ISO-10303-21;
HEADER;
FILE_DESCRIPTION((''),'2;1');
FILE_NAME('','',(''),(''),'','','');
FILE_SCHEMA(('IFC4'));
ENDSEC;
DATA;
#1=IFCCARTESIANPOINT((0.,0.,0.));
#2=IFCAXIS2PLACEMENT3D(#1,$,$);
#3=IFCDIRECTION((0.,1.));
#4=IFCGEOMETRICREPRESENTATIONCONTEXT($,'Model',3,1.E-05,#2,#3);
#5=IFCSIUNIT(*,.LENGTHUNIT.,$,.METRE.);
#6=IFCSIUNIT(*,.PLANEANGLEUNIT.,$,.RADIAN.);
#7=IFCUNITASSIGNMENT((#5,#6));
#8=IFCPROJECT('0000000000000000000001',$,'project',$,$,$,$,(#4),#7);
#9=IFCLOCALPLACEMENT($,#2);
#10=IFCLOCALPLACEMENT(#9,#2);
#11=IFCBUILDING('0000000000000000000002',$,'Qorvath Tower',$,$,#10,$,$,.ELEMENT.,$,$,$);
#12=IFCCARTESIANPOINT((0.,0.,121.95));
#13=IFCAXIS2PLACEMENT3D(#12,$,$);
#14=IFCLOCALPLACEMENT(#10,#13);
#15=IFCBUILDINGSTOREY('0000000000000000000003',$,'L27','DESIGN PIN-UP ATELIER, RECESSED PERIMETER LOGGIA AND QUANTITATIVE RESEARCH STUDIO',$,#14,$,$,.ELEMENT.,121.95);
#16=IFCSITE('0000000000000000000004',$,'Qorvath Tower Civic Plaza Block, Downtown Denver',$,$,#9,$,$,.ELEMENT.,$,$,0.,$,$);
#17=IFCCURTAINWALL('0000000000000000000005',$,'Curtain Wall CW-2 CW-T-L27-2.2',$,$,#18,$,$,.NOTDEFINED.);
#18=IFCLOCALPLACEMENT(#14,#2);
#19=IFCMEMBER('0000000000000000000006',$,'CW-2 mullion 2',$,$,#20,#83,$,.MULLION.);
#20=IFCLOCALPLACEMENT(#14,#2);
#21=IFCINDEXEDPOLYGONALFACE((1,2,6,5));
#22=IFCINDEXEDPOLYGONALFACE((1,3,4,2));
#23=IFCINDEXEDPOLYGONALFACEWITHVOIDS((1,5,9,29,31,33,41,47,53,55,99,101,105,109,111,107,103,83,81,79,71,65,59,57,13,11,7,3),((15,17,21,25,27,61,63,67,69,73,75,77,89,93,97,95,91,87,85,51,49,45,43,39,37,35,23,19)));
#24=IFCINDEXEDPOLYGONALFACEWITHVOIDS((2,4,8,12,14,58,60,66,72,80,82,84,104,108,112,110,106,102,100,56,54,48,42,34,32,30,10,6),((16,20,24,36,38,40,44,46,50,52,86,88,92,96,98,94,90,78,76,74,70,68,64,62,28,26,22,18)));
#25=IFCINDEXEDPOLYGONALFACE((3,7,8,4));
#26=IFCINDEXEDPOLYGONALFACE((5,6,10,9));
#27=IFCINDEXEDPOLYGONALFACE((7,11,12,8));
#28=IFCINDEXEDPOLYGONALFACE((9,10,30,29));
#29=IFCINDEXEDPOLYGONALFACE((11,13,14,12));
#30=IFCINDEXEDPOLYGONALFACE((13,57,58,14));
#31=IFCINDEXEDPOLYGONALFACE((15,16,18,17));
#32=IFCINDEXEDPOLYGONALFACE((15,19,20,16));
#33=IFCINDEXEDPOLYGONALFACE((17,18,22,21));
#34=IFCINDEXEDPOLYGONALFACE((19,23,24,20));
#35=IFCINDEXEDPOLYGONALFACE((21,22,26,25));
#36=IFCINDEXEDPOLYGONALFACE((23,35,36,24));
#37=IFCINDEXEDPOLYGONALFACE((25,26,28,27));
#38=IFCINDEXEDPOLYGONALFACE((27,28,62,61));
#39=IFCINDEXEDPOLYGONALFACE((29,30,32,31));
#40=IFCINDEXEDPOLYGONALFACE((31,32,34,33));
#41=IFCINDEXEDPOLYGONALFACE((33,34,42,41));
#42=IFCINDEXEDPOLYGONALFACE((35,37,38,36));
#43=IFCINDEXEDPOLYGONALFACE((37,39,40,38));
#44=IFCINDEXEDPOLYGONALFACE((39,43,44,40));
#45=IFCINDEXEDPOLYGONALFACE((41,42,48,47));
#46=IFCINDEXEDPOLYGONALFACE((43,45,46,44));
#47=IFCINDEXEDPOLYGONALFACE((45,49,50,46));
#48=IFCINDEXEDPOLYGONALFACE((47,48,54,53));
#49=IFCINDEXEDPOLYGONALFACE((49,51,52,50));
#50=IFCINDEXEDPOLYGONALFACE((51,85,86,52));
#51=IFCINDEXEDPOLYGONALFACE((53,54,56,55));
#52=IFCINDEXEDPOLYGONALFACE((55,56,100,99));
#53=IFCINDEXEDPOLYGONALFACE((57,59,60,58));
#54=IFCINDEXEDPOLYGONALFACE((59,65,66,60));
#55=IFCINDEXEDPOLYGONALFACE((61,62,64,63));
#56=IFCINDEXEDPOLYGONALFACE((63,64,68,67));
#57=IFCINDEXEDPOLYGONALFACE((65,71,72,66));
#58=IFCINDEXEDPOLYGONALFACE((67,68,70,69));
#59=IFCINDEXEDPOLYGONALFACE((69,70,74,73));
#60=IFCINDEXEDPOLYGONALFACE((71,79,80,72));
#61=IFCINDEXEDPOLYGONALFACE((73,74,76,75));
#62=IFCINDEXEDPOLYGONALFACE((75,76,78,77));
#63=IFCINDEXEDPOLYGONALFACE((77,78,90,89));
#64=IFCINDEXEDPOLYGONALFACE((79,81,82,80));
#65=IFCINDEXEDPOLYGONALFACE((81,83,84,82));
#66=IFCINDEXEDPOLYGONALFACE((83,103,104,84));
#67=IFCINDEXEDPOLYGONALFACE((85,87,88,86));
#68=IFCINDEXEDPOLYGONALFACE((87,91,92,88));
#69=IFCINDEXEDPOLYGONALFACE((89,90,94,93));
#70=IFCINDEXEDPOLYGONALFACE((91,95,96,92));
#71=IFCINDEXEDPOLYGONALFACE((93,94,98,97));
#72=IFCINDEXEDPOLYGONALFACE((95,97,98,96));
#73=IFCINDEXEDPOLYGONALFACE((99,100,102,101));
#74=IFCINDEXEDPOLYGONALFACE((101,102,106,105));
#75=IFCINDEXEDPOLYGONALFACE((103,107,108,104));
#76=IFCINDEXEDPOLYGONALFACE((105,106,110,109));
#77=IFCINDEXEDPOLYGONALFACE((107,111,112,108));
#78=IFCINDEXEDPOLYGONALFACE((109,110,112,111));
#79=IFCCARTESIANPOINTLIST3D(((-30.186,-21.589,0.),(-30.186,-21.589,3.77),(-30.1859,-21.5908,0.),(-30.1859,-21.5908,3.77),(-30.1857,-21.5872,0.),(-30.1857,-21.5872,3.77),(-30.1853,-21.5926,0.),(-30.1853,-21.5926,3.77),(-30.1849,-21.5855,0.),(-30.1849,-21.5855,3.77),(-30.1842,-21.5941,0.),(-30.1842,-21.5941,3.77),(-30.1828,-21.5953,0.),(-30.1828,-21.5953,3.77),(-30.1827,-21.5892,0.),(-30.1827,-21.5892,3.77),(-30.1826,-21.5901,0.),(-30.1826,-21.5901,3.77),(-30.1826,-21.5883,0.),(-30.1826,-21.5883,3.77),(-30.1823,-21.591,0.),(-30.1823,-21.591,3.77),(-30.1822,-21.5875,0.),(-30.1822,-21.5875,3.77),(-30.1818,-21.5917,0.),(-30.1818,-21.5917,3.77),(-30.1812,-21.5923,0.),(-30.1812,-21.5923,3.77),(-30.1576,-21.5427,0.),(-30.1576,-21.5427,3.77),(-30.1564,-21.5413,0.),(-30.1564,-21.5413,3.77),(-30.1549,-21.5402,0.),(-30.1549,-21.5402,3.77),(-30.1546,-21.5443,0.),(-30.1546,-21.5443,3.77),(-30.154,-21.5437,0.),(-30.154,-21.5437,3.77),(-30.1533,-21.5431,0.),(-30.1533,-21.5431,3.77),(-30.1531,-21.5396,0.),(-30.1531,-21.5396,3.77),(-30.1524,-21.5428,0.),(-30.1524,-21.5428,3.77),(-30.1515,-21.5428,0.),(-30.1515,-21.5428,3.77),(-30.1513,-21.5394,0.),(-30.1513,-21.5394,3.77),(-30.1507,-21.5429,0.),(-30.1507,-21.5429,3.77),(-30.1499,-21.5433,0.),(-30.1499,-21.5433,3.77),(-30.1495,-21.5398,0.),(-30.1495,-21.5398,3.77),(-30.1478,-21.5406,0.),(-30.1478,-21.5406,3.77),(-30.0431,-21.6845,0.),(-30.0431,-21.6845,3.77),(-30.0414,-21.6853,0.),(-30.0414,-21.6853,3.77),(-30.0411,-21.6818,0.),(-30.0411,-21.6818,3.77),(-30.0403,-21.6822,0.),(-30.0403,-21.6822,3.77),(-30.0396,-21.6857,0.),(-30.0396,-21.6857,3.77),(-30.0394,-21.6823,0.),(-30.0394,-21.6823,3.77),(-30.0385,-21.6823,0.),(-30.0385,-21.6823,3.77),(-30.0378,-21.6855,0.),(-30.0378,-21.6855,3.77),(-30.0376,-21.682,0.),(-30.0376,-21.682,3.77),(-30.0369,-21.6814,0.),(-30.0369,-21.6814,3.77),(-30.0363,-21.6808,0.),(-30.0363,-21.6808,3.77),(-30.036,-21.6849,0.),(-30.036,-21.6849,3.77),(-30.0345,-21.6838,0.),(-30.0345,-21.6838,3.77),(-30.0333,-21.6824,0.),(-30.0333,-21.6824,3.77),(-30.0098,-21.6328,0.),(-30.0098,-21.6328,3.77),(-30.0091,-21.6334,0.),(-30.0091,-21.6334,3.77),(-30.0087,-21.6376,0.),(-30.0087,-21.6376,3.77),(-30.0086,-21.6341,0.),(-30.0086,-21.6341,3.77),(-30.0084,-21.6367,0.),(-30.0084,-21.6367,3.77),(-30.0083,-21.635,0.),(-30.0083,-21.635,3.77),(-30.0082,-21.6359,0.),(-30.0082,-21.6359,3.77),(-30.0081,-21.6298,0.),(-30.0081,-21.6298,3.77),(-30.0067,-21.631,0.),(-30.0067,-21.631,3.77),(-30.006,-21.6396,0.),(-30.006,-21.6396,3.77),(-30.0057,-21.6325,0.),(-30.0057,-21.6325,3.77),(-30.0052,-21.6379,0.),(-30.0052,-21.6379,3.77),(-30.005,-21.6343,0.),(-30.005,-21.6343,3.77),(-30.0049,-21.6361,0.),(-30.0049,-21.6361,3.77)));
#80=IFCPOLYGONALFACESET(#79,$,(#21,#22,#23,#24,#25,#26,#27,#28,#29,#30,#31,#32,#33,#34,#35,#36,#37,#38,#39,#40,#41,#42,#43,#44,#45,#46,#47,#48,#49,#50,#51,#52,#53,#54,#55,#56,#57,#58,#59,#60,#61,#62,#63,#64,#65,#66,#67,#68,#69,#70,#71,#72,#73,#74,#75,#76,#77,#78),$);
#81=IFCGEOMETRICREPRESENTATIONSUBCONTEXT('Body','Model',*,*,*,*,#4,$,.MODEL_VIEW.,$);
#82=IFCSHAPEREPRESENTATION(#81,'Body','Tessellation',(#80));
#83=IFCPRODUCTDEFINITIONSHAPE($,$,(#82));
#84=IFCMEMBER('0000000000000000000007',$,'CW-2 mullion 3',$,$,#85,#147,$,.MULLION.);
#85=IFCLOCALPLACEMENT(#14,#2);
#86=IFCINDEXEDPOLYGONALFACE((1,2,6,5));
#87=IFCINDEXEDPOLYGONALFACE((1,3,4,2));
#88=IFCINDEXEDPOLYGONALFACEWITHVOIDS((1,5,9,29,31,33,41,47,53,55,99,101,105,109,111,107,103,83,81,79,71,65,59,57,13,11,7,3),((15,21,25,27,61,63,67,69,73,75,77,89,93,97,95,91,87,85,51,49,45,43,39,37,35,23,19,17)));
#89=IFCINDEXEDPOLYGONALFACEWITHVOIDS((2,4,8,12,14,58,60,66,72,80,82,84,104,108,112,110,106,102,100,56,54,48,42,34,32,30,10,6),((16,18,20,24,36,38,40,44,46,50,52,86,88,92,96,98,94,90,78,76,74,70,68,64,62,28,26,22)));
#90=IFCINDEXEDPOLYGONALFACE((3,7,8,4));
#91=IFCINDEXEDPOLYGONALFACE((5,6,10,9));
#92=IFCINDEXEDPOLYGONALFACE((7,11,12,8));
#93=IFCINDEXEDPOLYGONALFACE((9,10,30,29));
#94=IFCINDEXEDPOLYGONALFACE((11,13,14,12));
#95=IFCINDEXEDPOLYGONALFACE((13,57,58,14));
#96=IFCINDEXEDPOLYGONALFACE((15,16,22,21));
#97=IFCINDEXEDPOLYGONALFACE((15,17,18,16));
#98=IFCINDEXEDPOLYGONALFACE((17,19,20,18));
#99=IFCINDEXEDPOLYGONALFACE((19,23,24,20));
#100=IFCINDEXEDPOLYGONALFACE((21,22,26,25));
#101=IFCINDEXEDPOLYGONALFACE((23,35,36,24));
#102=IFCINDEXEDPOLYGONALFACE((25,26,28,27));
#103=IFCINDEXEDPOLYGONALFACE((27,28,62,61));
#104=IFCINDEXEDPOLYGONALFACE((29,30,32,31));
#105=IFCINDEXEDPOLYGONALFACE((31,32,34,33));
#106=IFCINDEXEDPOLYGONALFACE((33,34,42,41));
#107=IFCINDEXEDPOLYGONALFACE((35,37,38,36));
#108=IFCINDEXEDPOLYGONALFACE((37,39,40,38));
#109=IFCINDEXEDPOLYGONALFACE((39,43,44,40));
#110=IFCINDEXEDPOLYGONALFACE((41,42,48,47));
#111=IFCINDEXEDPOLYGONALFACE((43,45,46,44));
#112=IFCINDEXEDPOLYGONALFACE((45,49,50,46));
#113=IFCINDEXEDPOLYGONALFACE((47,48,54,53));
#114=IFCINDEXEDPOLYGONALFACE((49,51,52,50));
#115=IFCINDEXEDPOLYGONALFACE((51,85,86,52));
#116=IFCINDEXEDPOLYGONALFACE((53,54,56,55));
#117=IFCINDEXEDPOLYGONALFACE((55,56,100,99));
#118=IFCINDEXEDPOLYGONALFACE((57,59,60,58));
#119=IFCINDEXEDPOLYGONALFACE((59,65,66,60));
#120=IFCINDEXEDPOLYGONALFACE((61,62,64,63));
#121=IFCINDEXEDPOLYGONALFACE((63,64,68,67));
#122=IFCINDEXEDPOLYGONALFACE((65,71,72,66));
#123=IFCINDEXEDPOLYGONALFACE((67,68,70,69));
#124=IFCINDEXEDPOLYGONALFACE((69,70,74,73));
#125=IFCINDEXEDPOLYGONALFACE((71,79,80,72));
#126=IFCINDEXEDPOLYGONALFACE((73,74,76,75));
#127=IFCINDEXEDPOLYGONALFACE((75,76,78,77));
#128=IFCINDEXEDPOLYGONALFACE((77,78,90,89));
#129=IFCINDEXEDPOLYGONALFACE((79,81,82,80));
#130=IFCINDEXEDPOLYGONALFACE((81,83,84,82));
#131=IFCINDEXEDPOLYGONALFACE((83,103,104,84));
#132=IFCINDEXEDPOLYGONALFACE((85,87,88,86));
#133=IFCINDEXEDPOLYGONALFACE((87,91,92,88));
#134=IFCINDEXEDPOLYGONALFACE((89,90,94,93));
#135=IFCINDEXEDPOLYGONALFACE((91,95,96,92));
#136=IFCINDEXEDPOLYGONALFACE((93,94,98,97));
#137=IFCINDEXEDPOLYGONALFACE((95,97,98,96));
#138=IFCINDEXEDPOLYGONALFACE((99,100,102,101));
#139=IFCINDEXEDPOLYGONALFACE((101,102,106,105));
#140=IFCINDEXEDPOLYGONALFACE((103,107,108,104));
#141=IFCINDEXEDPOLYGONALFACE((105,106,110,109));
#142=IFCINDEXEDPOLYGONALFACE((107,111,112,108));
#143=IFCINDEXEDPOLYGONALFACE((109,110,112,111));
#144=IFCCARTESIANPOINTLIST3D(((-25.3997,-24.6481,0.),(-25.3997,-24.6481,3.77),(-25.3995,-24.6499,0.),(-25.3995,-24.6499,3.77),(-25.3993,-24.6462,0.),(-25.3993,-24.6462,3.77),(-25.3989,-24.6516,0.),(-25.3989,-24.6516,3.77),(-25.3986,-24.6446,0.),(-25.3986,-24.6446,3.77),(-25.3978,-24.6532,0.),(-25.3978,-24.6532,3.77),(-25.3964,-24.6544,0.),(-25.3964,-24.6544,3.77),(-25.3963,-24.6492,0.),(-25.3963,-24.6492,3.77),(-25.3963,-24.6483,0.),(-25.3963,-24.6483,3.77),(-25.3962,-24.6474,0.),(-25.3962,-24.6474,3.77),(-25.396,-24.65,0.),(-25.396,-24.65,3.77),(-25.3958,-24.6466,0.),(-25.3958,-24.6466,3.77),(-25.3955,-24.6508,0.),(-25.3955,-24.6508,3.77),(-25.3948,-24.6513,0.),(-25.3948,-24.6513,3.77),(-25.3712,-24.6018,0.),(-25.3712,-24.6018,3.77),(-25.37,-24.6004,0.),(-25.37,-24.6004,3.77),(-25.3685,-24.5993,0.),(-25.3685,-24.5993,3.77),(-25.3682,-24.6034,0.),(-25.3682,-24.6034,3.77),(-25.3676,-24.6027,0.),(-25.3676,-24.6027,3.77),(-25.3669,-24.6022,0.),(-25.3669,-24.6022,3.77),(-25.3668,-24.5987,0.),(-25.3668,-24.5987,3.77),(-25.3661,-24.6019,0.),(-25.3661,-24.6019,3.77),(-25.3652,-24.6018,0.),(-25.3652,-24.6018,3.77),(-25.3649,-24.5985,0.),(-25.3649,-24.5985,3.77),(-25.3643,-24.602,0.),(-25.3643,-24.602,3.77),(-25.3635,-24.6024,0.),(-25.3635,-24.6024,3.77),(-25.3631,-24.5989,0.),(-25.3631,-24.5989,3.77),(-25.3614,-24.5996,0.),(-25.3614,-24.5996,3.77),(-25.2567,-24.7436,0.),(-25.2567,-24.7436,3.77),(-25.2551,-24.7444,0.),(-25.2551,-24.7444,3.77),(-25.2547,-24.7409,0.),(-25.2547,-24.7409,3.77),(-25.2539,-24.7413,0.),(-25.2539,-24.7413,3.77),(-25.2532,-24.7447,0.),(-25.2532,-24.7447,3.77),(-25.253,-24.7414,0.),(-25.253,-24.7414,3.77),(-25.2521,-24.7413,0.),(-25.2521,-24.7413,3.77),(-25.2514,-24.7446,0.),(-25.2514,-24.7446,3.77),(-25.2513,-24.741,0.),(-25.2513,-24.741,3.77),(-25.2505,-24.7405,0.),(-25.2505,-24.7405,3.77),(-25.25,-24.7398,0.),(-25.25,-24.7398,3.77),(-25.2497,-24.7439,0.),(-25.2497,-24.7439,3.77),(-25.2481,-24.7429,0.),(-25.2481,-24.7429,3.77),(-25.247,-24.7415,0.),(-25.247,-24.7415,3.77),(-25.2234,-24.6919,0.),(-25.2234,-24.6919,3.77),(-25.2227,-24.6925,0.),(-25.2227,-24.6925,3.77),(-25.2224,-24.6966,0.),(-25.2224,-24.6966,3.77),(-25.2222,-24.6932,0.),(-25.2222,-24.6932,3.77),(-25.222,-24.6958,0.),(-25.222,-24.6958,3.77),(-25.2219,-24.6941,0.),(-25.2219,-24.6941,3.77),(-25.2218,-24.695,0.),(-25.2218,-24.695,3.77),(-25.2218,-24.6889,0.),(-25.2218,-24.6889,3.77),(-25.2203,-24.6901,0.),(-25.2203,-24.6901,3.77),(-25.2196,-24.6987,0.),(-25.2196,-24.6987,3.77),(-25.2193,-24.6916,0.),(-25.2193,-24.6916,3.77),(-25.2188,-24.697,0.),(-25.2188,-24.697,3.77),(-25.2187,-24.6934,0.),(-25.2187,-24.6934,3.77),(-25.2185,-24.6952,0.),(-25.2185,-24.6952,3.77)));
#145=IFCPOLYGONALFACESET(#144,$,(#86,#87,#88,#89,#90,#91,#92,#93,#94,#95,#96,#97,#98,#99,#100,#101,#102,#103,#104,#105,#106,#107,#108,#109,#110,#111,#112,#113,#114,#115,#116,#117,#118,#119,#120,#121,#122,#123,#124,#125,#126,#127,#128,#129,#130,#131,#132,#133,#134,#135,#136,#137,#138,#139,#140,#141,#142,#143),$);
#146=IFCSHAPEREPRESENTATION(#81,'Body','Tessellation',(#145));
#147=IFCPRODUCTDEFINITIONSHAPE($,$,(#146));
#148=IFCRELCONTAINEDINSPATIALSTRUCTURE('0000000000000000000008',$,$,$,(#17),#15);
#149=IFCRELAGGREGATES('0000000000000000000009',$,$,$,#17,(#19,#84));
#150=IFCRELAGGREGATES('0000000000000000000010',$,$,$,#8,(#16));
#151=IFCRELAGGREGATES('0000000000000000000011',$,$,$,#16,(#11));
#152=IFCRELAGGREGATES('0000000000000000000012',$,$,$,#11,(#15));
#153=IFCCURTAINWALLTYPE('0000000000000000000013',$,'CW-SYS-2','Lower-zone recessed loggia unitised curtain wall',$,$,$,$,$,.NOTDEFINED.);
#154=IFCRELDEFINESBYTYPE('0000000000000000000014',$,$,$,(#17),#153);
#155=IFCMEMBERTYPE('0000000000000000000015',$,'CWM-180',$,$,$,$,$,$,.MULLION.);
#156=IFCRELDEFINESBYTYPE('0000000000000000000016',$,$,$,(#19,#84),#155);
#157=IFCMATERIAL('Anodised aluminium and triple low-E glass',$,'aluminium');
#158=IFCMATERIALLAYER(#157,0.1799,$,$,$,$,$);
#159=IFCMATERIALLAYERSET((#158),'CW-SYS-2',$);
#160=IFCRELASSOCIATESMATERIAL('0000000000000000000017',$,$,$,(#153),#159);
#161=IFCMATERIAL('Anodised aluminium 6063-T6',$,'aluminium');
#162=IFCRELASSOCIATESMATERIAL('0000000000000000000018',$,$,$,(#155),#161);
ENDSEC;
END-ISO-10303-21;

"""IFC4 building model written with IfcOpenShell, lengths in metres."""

from ifc_helpers import new_model, si_unit, direction, frame, origin, origin_2d, place, context, subcontext, project, spatial, hollow_rectangle, extrude, material, layer, layer_set, material_profile, profile_set, type_object, element, aggregate, save


model = new_model("IFC4")

# Units and contexts
model_context = context("Model", 3, precision=1e-05, world=origin(), true_north=direction((0.0, 1.0)))
body_context = subcontext(model_context, "Body", "Model", "MODEL_VIEW")
ifc_project = project(units=[si_unit("LENGTHUNIT", "METRE"), si_unit("PLANEANGLEUNIT", "RADIAN")], contexts=[model_context])

# Site, building, storey
site_placement = place(None, origin())
site = spatial("IfcSite", under=ifc_project, at=site_placement, Name="Qorvath Tower Civic Plaza Block, Downtown Denver", CompositionType="ELEMENT", RefElevation=0.0)
building_placement = place(site_placement, origin())
building = spatial("IfcBuilding", under=site, at=building_placement, Name="Qorvath Tower", CompositionType="ELEMENT")
storey_placement = place(building_placement, frame((0.0, 0.0, 121.95)))
storey = spatial("IfcBuildingStorey", under=building, at=storey_placement, Name="L27", Description="DESIGN PIN-UP ATELIER, RECESSED PERIMETER LOGGIA AND QUANTITATIVE RESEARCH STUDIO", CompositionType="ELEMENT", Elevation=121.95)

# Curtain wall, members
ifc_material_1 = material(Name="Anodised aluminium and triple low-E glass", Category="aluminium")
ifc_layer_1 = layer(ifc_material_1, 0.1799)
ifc_layer_set_1 = layer_set([ifc_layer_1], Name="CW-SYS-2")
curtain_wall_type = type_object("IfcCurtainWallType", Name="CW-SYS-2", Description="Lower-zone recessed loggia unitised curtain wall", PredefinedType="NOTDEFINED", material=ifc_layer_set_1)
curtain_wall_placement = place(storey_placement, origin())
curtain_wall = element("IfcCurtainWall", 1, at=curtain_wall_placement, inside=storey, type_object=curtain_wall_type, Name="Curtain Wall CW-2 CW-T-L27-2.2", PredefinedType="NOTDEFINED")
ifc_material_2 = material(Name="Anodised aluminium 6063-T6", Category="aluminium")
ifc_material_profile_1 = material_profile(ifc_material_2, hollow_rectangle(XDim=0.0649, YDim=0.1799, WallThickness=0.0034, InnerFilletRadius=0.0034, OuterFilletRadius=0.0071, at=origin_2d()), Name="CWM 180x65")
ifc_profile_set_1 = profile_set([ifc_material_profile_1], Name="Anodised aluminium 6063-T6")
member_type_1 = type_object("IfcMemberType", Name="CWM-180", PredefinedType="MULLION", material=ifc_profile_set_1)
member_1_placement = place(storey_placement, frame((-30.0955, -21.6125, 0.0), z_axis=(0.0, 0.0, 1.0), x_axis=(0.538536, 0.842602, 0.0)))
member_1 = element("IfcMember", 2, at=member_1_placement, type_object=member_type_1, Name="CW-2 mullion 2", PredefinedType="MULLION", context=body_context, shape_type="SweptSolid", body=[
    extrude(hollow_rectangle(XDim=0.0649, YDim=0.1799, WallThickness=0.0034, InnerFilletRadius=0.0034, OuterFilletRadius=0.0071, at=origin_2d()), origin(), (0.0, 0.0, 1.0), 3.77),
])
member_2_placement = place(storey_placement, frame((-25.3091, -24.6716, 0.0), z_axis=(0.0, 0.0, 1.0), x_axis=(0.538536, 0.842602, 0.0)))
member_2 = element("IfcMember", 3, at=member_2_placement, type_object=member_type_1, Name="CW-2 mullion 3", PredefinedType="MULLION", context=body_context, shape_type="SweptSolid", body=[
    extrude(hollow_rectangle(XDim=0.0649, YDim=0.1799, WallThickness=0.0034, InnerFilletRadius=0.0034, OuterFilletRadius=0.0071, at=origin_2d()), origin(), (0.0, 0.0, 1.0), 3.77),
])
aggregate(curtain_wall, [member_1, member_2])

save(model, "model.ifc")
